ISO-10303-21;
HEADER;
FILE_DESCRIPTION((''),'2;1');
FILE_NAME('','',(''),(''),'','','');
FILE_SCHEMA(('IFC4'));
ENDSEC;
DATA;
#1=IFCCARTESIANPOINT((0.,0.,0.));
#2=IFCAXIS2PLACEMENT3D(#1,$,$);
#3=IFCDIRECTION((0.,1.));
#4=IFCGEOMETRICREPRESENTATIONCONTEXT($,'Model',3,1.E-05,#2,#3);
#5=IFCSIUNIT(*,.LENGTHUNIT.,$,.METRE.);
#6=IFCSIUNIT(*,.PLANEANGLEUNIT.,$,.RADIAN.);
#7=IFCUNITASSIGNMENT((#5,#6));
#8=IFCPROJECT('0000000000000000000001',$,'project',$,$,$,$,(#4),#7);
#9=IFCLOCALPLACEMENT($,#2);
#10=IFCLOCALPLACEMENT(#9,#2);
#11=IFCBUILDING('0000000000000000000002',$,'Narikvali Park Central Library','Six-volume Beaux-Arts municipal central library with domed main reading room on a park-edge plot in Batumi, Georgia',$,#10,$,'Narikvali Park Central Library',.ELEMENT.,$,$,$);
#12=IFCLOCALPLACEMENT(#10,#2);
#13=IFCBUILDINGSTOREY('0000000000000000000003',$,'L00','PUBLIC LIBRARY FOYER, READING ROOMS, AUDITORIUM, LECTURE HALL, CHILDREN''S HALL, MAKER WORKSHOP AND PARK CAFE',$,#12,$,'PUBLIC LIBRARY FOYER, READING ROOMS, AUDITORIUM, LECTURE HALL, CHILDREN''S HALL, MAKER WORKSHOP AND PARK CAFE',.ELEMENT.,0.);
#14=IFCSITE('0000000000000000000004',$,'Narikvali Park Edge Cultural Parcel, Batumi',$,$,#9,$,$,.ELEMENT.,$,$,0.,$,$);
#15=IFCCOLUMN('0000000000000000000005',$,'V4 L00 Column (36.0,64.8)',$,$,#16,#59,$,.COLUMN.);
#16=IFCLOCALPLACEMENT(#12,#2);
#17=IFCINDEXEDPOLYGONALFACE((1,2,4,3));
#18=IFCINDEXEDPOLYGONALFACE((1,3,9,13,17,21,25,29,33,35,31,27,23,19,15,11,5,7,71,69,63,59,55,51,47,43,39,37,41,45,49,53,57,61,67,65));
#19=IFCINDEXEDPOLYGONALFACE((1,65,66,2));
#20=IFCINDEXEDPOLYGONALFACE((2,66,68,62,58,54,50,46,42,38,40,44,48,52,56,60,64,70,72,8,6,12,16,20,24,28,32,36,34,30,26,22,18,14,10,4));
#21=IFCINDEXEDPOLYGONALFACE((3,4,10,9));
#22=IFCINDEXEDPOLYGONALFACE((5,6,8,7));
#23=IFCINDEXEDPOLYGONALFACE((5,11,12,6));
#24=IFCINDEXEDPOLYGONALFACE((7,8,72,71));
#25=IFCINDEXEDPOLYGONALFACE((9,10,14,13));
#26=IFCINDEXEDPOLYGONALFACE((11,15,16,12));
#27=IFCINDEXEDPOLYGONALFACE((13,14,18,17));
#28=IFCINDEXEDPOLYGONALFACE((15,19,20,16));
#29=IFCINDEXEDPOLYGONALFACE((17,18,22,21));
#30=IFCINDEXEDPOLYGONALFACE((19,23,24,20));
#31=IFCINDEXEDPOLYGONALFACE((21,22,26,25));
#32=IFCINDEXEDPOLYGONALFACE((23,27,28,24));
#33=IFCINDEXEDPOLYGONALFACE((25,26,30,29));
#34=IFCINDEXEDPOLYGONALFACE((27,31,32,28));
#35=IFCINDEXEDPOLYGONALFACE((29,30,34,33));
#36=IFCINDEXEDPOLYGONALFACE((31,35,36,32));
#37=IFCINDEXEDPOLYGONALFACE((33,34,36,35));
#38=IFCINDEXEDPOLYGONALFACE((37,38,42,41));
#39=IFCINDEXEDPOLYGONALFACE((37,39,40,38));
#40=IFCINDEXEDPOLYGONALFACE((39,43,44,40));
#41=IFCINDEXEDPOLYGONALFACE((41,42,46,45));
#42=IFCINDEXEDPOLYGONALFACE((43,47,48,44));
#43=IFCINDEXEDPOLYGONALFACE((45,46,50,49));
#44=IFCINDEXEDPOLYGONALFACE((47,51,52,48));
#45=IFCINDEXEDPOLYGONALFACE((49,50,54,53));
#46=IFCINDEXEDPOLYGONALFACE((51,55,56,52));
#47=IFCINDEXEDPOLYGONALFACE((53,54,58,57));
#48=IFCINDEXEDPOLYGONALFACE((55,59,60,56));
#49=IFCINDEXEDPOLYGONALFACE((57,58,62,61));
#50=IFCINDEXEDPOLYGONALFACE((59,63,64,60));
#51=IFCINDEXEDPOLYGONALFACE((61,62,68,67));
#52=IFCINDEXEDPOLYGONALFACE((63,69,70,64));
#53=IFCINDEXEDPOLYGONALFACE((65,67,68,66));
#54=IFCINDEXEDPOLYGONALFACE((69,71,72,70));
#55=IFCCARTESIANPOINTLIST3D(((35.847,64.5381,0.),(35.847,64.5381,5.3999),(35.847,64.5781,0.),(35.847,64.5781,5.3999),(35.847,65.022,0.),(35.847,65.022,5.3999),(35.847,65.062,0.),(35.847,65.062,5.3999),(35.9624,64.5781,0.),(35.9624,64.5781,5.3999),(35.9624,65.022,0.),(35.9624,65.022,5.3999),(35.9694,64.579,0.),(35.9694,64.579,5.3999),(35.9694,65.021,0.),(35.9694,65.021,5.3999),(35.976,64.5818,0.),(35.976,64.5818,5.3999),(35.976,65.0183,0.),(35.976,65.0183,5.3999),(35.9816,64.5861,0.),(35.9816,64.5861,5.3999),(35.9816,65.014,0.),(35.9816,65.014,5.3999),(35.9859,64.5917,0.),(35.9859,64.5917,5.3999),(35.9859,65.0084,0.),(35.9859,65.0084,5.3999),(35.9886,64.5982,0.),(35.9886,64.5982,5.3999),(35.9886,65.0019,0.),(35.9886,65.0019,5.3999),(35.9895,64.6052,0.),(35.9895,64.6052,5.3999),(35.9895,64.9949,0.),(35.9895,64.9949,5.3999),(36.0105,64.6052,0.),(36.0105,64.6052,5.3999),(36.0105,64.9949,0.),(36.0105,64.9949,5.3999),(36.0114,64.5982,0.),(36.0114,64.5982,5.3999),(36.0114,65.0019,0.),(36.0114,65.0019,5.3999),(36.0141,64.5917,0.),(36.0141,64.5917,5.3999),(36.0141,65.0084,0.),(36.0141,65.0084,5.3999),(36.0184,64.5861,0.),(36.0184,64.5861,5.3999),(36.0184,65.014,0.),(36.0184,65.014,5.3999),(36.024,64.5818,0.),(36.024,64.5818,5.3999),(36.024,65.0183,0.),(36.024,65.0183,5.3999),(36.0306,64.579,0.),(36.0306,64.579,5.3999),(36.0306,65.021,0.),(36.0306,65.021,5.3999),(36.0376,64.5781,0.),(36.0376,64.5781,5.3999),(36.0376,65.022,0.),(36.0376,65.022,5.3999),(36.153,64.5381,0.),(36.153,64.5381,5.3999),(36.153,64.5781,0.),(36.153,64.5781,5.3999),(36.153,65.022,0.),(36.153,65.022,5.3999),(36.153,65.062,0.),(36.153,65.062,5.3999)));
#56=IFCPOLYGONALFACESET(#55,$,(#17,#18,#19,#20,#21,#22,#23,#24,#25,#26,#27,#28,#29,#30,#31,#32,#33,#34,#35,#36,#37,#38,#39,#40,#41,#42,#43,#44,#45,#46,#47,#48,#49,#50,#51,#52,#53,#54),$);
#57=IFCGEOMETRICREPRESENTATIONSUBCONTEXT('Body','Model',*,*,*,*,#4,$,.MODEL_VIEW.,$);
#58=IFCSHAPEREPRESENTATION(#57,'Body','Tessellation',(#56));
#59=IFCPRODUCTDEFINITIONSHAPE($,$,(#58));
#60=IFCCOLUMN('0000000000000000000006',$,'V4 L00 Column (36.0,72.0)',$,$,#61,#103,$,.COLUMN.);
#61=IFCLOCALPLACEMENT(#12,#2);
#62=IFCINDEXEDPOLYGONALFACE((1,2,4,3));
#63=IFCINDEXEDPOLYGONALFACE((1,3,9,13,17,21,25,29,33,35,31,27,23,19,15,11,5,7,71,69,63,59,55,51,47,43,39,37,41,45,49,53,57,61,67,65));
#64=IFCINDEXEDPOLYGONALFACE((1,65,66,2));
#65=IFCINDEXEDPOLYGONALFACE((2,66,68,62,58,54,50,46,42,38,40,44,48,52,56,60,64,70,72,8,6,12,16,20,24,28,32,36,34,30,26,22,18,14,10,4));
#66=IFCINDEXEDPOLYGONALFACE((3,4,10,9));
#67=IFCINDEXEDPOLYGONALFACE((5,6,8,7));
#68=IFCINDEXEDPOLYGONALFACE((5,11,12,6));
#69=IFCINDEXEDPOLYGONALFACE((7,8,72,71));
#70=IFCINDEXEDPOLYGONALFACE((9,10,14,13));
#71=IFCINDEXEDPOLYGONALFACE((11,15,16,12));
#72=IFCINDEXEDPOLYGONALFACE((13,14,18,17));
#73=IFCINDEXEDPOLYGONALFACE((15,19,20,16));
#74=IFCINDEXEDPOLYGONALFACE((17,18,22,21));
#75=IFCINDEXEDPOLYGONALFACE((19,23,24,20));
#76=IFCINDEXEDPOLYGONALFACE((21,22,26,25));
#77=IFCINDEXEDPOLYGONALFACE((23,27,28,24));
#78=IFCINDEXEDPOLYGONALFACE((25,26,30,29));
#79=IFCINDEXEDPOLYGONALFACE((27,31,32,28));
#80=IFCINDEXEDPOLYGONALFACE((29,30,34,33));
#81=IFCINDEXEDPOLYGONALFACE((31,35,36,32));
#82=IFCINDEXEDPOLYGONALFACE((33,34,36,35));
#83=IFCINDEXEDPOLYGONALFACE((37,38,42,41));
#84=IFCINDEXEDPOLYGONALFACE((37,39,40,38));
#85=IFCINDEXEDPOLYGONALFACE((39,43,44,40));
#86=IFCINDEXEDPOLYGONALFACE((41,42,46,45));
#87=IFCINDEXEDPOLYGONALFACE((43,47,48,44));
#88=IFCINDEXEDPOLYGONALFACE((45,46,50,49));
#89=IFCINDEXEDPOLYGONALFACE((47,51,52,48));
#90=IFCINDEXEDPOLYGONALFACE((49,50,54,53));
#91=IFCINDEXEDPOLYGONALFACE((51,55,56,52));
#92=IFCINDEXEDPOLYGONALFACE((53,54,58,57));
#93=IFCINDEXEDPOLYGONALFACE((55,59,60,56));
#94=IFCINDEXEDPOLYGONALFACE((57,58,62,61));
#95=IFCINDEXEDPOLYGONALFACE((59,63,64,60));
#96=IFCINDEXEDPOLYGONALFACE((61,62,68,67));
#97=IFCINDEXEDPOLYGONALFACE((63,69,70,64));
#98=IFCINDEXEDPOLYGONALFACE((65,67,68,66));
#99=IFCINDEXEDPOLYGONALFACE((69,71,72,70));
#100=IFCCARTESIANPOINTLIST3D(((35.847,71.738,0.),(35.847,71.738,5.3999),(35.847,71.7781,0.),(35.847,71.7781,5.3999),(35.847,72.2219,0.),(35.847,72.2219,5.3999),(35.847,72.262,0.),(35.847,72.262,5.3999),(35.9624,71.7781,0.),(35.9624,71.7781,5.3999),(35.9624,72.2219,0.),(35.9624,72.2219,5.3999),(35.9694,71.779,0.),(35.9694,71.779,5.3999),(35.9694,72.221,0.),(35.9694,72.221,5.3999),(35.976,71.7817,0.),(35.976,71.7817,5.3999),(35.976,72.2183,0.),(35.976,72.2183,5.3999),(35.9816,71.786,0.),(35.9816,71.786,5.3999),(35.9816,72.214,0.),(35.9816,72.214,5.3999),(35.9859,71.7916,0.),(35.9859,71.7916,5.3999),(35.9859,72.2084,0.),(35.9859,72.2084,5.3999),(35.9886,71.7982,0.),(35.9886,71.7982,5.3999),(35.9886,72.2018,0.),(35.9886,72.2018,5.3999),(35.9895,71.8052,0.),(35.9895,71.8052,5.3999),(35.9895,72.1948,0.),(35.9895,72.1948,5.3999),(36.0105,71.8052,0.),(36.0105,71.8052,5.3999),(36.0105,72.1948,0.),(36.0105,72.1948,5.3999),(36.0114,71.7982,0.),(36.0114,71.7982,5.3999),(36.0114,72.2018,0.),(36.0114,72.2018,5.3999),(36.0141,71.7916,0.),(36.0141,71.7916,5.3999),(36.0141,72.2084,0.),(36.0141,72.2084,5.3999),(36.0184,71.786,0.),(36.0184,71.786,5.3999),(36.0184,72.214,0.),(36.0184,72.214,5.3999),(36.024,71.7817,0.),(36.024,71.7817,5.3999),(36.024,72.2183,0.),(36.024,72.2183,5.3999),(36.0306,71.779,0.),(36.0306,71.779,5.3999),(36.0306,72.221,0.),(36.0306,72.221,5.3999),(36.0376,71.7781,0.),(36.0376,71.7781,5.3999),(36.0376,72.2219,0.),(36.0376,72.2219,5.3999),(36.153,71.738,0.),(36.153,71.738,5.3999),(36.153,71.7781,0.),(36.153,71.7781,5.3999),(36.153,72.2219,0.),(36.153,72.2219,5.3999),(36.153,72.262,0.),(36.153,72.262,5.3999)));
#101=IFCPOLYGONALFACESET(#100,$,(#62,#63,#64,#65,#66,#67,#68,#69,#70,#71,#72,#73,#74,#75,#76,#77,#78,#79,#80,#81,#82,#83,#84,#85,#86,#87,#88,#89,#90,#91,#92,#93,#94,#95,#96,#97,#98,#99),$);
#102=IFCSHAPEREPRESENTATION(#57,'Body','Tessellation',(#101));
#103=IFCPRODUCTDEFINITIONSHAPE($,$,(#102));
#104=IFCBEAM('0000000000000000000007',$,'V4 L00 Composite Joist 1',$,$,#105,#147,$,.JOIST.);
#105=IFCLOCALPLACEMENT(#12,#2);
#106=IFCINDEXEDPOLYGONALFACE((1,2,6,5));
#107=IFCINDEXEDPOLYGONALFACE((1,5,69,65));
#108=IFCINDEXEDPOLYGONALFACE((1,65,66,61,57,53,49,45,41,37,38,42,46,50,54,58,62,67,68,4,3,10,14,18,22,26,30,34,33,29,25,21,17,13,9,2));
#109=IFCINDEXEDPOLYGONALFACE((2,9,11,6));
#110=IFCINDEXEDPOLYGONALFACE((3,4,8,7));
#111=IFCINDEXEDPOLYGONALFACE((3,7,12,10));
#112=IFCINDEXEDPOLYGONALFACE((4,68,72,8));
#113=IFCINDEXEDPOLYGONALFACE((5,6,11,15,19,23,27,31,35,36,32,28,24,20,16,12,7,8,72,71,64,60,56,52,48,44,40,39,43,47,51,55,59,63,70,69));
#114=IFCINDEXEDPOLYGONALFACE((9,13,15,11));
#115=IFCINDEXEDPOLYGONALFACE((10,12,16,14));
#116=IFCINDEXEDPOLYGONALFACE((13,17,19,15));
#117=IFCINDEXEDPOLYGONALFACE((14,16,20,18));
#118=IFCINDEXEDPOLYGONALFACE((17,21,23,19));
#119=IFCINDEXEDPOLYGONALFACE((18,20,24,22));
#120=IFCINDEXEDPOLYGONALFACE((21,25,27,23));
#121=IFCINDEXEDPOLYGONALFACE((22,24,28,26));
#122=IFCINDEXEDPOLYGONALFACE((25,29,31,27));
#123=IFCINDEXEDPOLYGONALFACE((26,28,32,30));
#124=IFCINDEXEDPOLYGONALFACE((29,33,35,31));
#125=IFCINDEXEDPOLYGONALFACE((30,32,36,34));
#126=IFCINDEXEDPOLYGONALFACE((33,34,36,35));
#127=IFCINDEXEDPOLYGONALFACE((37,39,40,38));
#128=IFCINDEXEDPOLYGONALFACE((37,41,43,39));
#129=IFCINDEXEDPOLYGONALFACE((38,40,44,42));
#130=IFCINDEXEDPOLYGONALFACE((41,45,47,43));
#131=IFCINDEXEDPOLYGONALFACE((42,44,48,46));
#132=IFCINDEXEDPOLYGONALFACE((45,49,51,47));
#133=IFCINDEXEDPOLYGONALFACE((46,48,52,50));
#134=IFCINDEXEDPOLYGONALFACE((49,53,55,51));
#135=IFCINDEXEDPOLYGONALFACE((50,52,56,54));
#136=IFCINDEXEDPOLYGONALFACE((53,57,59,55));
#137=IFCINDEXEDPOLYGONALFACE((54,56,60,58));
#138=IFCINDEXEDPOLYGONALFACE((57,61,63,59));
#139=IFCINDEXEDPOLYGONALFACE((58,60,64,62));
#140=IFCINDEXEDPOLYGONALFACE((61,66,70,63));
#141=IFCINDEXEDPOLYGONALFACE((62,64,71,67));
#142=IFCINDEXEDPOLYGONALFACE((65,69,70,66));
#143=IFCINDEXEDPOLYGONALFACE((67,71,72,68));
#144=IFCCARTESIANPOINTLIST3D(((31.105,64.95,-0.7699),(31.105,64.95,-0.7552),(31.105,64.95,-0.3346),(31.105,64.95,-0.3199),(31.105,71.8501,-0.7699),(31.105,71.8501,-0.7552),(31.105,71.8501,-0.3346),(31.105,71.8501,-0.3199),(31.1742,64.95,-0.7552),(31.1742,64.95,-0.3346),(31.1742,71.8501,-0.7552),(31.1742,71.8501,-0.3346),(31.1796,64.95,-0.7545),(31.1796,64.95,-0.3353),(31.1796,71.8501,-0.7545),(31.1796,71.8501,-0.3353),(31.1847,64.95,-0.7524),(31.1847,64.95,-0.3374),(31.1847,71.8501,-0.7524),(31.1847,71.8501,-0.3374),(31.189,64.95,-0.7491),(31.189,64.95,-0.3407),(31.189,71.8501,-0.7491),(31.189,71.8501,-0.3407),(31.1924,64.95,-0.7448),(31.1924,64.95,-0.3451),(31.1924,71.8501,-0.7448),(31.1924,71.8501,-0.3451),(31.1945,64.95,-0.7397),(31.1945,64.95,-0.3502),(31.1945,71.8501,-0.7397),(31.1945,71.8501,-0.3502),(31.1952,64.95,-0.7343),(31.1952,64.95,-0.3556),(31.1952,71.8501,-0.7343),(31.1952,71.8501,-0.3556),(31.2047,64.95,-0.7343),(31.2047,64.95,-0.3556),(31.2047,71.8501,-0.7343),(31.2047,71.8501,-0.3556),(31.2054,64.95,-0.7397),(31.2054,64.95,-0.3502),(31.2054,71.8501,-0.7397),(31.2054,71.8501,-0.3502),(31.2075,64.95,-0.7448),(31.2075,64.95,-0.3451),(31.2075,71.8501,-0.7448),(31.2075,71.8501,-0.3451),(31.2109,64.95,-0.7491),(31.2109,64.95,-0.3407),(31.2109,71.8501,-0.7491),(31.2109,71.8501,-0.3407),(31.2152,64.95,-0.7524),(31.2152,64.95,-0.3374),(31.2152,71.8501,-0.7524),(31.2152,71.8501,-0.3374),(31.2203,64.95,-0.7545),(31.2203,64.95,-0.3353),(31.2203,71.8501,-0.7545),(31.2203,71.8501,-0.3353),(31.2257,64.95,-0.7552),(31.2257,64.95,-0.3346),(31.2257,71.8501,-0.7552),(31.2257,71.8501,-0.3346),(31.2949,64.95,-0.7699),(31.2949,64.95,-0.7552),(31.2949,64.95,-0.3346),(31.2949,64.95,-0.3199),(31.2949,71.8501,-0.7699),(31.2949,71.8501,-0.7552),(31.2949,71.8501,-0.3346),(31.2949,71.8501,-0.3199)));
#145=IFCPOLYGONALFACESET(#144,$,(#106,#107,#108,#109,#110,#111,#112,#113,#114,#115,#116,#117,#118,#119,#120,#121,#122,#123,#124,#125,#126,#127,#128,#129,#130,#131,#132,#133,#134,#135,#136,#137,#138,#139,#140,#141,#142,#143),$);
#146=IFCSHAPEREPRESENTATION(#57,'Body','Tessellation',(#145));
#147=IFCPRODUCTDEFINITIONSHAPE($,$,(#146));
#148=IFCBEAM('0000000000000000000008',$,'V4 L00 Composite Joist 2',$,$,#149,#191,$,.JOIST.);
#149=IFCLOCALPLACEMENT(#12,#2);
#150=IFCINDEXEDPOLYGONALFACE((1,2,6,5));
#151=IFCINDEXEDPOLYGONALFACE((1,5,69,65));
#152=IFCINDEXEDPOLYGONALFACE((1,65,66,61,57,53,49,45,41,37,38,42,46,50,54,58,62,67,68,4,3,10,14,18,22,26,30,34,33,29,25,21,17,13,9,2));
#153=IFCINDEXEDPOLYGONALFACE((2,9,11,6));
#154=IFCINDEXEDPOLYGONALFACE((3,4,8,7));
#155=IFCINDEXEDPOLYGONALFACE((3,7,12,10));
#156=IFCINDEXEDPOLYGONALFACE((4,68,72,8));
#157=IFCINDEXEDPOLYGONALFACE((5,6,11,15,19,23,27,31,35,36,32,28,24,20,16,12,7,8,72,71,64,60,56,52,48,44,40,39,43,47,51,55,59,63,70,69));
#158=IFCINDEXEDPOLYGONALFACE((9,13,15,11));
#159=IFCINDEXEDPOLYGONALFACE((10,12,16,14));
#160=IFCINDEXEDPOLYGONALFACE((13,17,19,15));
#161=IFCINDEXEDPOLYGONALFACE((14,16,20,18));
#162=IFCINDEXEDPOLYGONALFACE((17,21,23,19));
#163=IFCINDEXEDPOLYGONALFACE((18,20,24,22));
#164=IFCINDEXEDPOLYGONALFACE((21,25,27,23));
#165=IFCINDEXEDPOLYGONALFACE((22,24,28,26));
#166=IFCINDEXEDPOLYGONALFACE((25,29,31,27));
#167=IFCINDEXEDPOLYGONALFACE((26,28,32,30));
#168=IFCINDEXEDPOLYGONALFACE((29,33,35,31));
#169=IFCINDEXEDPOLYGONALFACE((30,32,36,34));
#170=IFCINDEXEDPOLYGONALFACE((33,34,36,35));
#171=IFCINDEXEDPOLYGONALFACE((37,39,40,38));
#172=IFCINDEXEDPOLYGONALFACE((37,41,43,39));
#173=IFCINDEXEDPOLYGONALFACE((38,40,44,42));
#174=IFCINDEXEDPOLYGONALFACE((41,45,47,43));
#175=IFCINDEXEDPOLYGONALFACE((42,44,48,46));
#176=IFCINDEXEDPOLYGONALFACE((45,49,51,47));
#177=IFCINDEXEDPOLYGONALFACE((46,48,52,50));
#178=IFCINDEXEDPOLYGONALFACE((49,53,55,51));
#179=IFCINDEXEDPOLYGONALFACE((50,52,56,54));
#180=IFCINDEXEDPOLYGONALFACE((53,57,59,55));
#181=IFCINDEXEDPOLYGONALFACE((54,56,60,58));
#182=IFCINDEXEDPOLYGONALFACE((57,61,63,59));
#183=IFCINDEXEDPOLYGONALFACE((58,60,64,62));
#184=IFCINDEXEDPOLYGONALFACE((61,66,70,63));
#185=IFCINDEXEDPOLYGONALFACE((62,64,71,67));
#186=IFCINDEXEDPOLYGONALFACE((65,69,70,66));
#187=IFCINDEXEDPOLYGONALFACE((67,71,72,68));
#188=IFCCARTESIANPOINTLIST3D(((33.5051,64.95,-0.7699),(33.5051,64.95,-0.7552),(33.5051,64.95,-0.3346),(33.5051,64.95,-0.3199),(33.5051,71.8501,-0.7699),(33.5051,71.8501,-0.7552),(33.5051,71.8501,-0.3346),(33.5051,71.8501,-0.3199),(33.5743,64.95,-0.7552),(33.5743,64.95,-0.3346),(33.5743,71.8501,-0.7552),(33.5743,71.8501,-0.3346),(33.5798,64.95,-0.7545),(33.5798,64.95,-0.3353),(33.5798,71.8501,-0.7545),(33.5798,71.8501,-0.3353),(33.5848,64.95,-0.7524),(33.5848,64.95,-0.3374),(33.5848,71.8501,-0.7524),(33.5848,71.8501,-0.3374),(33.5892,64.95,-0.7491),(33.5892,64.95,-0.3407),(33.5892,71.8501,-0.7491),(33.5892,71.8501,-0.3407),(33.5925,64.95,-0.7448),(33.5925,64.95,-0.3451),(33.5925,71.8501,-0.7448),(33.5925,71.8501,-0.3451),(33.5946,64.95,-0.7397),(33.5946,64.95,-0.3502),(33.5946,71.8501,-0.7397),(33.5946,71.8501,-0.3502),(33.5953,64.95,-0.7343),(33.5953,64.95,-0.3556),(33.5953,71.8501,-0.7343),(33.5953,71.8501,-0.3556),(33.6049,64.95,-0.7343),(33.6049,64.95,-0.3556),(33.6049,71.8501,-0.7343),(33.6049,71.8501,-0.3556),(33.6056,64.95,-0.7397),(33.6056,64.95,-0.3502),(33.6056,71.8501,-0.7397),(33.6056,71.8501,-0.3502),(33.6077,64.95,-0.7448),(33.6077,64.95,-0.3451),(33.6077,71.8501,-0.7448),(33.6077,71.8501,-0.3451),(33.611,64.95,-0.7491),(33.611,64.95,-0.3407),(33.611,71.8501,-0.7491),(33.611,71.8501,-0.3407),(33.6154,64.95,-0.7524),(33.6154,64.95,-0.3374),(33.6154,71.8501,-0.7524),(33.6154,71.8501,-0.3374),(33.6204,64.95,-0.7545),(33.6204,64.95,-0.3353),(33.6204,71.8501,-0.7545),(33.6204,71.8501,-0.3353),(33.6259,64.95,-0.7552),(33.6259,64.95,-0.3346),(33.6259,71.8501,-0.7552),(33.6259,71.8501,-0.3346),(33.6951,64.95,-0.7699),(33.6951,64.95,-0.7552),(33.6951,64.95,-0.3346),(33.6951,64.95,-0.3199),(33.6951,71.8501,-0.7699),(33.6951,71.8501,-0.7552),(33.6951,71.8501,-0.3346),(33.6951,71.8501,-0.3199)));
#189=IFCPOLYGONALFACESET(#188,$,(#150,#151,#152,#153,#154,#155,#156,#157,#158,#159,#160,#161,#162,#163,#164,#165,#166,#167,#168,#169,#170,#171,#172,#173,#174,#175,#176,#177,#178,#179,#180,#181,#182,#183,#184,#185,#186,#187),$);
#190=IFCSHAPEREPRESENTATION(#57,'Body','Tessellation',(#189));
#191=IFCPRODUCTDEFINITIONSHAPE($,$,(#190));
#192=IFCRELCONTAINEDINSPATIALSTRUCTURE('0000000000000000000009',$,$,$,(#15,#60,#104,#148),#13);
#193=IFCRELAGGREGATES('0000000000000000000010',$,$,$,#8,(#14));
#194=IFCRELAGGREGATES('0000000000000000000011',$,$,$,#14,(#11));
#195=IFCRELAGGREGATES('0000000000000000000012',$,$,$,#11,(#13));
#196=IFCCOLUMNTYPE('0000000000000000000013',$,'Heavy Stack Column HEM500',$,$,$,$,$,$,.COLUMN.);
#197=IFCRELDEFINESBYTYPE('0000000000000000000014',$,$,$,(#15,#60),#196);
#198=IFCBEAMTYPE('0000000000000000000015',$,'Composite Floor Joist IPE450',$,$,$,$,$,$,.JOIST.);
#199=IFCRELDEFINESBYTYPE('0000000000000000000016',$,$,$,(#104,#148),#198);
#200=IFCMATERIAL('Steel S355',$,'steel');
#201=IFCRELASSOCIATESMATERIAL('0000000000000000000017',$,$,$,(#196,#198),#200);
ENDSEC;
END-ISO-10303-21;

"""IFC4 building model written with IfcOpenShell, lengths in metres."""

from ifc_helpers import new_model, si_unit, direction, frame, origin, origin_2d, place, context, subcontext, project, spatial, i_section, extrude, material, material_profile, profile_set, type_object, element, save


model = new_model("IFC4")

# Units and contexts
model_context = context("Model", 3, precision=1e-05, world=origin(), true_north=direction((0.0, 1.0)))
body_context = subcontext(model_context, "Body", "Model", "MODEL_VIEW")
ifc_project = project(units=[si_unit("LENGTHUNIT", "METRE"), si_unit("PLANEANGLEUNIT", "RADIAN")], contexts=[model_context])

# Site, building, storey
site_placement = place(None, origin())
site = spatial("IfcSite", under=ifc_project, at=site_placement, Name="Narikvali Park Edge Cultural Parcel, Batumi", CompositionType="ELEMENT", RefElevation=0.0)
building_placement = place(site_placement, origin())
building = spatial("IfcBuilding", under=site, at=building_placement, Name="Narikvali Park Central Library", Description="Six-volume Beaux-Arts municipal central library with domed main reading room on a park-edge plot in Batumi, Georgia", LongName="Narikvali Park Central Library", CompositionType="ELEMENT")
storey_placement = place(building_placement, origin())
storey = spatial("IfcBuildingStorey", under=building, at=storey_placement, Name="L00", Description="PUBLIC LIBRARY FOYER, READING ROOMS, AUDITORIUM, LECTURE HALL, CHILDREN'S HALL, MAKER WORKSHOP AND PARK CAFE", LongName="PUBLIC LIBRARY FOYER, READING ROOMS, AUDITORIUM, LECTURE HALL, CHILDREN'S HALL, MAKER WORKSHOP AND PARK CAFE", CompositionType="ELEMENT", Elevation=0.0)

# Columns
ifc_material_1 = material(Name="Steel S355", Category="steel")
ifc_material_profile_1 = material_profile(ifc_material_1, i_section(OverallWidth=0.3059, OverallDepth=0.5239, WebThickness=0.021, FlangeThickness=0.04, FilletRadius=0.0271, at=origin_2d()), Name="HEM 500")
ifc_profile_set_1 = profile_set([ifc_material_profile_1], Name="Steel S355")
column_type = type_object("IfcColumnType", Name="Heavy Stack Column HEM500", PredefinedType="COLUMN", material=ifc_profile_set_1)
for number, where, z_axis, x_axis, name in (
    (1, (36.0, 64.8, 0.0), (0.0, 0.0, 1.0), (1.0, 0.0, 0.0), "V4 L00 Column (36.0,64.8)"),
    (2, (36.0, 72.0, 0.0), (0.0, 0.0, 1.0), (1.0, 0.0, 0.0), "V4 L00 Column (36.0,72.0)"),
):
    element("IfcColumn", number, at=place(storey_placement, frame(where, z_axis=z_axis, x_axis=x_axis)), inside=storey, type_object=column_type, Name=name, PredefinedType="COLUMN", context=body_context, shape_type="SweptSolid", body=[
        extrude(i_section(OverallWidth=0.3059, OverallDepth=0.5239, WebThickness=0.021, FlangeThickness=0.04, FilletRadius=0.0271, at=origin_2d()), origin(), (0.0, 0.0, 1.0), 5.3999),
    ])

# Beams
ifc_material_profile_2 = material_profile(ifc_material_1, i_section(OverallWidth=0.1899, OverallDepth=0.45, WebThickness=0.0095, FlangeThickness=0.0146, FilletRadius=0.021, at=origin_2d()), Name="IPE 450")
ifc_profile_set_2 = profile_set([ifc_material_profile_2], Name="Steel S355")
beam_type_1 = type_object("IfcBeamType", Name="Composite Floor Joist IPE450", PredefinedType="JOIST", material=ifc_profile_set_2)
for number, where, z_axis, x_axis, name in (
    (3, (31.2, 64.95, -0.5449), (0.0, 1.0, 0.0), (-1.0, 0.0, 0.0), "V4 L00 Composite Joist 1"),
    (4, (33.6001, 64.95, -0.5449), (0.0, 1.0, 0.0), (-1.0, 0.0, 0.0), "V4 L00 Composite Joist 2"),
):
    element("IfcBeam", number, at=place(storey_placement, frame(where, z_axis=z_axis, x_axis=x_axis)), inside=storey, type_object=beam_type_1, Name=name, PredefinedType="JOIST", context=body_context, shape_type="SweptSolid", body=[
        extrude(i_section(OverallWidth=0.1899, OverallDepth=0.45, WebThickness=0.0095, FlangeThickness=0.0146, FilletRadius=0.021, at=origin_2d()), origin(), (0.0, 0.0, 1.0), 6.9001),
    ])

save(model, "model.ifc")
